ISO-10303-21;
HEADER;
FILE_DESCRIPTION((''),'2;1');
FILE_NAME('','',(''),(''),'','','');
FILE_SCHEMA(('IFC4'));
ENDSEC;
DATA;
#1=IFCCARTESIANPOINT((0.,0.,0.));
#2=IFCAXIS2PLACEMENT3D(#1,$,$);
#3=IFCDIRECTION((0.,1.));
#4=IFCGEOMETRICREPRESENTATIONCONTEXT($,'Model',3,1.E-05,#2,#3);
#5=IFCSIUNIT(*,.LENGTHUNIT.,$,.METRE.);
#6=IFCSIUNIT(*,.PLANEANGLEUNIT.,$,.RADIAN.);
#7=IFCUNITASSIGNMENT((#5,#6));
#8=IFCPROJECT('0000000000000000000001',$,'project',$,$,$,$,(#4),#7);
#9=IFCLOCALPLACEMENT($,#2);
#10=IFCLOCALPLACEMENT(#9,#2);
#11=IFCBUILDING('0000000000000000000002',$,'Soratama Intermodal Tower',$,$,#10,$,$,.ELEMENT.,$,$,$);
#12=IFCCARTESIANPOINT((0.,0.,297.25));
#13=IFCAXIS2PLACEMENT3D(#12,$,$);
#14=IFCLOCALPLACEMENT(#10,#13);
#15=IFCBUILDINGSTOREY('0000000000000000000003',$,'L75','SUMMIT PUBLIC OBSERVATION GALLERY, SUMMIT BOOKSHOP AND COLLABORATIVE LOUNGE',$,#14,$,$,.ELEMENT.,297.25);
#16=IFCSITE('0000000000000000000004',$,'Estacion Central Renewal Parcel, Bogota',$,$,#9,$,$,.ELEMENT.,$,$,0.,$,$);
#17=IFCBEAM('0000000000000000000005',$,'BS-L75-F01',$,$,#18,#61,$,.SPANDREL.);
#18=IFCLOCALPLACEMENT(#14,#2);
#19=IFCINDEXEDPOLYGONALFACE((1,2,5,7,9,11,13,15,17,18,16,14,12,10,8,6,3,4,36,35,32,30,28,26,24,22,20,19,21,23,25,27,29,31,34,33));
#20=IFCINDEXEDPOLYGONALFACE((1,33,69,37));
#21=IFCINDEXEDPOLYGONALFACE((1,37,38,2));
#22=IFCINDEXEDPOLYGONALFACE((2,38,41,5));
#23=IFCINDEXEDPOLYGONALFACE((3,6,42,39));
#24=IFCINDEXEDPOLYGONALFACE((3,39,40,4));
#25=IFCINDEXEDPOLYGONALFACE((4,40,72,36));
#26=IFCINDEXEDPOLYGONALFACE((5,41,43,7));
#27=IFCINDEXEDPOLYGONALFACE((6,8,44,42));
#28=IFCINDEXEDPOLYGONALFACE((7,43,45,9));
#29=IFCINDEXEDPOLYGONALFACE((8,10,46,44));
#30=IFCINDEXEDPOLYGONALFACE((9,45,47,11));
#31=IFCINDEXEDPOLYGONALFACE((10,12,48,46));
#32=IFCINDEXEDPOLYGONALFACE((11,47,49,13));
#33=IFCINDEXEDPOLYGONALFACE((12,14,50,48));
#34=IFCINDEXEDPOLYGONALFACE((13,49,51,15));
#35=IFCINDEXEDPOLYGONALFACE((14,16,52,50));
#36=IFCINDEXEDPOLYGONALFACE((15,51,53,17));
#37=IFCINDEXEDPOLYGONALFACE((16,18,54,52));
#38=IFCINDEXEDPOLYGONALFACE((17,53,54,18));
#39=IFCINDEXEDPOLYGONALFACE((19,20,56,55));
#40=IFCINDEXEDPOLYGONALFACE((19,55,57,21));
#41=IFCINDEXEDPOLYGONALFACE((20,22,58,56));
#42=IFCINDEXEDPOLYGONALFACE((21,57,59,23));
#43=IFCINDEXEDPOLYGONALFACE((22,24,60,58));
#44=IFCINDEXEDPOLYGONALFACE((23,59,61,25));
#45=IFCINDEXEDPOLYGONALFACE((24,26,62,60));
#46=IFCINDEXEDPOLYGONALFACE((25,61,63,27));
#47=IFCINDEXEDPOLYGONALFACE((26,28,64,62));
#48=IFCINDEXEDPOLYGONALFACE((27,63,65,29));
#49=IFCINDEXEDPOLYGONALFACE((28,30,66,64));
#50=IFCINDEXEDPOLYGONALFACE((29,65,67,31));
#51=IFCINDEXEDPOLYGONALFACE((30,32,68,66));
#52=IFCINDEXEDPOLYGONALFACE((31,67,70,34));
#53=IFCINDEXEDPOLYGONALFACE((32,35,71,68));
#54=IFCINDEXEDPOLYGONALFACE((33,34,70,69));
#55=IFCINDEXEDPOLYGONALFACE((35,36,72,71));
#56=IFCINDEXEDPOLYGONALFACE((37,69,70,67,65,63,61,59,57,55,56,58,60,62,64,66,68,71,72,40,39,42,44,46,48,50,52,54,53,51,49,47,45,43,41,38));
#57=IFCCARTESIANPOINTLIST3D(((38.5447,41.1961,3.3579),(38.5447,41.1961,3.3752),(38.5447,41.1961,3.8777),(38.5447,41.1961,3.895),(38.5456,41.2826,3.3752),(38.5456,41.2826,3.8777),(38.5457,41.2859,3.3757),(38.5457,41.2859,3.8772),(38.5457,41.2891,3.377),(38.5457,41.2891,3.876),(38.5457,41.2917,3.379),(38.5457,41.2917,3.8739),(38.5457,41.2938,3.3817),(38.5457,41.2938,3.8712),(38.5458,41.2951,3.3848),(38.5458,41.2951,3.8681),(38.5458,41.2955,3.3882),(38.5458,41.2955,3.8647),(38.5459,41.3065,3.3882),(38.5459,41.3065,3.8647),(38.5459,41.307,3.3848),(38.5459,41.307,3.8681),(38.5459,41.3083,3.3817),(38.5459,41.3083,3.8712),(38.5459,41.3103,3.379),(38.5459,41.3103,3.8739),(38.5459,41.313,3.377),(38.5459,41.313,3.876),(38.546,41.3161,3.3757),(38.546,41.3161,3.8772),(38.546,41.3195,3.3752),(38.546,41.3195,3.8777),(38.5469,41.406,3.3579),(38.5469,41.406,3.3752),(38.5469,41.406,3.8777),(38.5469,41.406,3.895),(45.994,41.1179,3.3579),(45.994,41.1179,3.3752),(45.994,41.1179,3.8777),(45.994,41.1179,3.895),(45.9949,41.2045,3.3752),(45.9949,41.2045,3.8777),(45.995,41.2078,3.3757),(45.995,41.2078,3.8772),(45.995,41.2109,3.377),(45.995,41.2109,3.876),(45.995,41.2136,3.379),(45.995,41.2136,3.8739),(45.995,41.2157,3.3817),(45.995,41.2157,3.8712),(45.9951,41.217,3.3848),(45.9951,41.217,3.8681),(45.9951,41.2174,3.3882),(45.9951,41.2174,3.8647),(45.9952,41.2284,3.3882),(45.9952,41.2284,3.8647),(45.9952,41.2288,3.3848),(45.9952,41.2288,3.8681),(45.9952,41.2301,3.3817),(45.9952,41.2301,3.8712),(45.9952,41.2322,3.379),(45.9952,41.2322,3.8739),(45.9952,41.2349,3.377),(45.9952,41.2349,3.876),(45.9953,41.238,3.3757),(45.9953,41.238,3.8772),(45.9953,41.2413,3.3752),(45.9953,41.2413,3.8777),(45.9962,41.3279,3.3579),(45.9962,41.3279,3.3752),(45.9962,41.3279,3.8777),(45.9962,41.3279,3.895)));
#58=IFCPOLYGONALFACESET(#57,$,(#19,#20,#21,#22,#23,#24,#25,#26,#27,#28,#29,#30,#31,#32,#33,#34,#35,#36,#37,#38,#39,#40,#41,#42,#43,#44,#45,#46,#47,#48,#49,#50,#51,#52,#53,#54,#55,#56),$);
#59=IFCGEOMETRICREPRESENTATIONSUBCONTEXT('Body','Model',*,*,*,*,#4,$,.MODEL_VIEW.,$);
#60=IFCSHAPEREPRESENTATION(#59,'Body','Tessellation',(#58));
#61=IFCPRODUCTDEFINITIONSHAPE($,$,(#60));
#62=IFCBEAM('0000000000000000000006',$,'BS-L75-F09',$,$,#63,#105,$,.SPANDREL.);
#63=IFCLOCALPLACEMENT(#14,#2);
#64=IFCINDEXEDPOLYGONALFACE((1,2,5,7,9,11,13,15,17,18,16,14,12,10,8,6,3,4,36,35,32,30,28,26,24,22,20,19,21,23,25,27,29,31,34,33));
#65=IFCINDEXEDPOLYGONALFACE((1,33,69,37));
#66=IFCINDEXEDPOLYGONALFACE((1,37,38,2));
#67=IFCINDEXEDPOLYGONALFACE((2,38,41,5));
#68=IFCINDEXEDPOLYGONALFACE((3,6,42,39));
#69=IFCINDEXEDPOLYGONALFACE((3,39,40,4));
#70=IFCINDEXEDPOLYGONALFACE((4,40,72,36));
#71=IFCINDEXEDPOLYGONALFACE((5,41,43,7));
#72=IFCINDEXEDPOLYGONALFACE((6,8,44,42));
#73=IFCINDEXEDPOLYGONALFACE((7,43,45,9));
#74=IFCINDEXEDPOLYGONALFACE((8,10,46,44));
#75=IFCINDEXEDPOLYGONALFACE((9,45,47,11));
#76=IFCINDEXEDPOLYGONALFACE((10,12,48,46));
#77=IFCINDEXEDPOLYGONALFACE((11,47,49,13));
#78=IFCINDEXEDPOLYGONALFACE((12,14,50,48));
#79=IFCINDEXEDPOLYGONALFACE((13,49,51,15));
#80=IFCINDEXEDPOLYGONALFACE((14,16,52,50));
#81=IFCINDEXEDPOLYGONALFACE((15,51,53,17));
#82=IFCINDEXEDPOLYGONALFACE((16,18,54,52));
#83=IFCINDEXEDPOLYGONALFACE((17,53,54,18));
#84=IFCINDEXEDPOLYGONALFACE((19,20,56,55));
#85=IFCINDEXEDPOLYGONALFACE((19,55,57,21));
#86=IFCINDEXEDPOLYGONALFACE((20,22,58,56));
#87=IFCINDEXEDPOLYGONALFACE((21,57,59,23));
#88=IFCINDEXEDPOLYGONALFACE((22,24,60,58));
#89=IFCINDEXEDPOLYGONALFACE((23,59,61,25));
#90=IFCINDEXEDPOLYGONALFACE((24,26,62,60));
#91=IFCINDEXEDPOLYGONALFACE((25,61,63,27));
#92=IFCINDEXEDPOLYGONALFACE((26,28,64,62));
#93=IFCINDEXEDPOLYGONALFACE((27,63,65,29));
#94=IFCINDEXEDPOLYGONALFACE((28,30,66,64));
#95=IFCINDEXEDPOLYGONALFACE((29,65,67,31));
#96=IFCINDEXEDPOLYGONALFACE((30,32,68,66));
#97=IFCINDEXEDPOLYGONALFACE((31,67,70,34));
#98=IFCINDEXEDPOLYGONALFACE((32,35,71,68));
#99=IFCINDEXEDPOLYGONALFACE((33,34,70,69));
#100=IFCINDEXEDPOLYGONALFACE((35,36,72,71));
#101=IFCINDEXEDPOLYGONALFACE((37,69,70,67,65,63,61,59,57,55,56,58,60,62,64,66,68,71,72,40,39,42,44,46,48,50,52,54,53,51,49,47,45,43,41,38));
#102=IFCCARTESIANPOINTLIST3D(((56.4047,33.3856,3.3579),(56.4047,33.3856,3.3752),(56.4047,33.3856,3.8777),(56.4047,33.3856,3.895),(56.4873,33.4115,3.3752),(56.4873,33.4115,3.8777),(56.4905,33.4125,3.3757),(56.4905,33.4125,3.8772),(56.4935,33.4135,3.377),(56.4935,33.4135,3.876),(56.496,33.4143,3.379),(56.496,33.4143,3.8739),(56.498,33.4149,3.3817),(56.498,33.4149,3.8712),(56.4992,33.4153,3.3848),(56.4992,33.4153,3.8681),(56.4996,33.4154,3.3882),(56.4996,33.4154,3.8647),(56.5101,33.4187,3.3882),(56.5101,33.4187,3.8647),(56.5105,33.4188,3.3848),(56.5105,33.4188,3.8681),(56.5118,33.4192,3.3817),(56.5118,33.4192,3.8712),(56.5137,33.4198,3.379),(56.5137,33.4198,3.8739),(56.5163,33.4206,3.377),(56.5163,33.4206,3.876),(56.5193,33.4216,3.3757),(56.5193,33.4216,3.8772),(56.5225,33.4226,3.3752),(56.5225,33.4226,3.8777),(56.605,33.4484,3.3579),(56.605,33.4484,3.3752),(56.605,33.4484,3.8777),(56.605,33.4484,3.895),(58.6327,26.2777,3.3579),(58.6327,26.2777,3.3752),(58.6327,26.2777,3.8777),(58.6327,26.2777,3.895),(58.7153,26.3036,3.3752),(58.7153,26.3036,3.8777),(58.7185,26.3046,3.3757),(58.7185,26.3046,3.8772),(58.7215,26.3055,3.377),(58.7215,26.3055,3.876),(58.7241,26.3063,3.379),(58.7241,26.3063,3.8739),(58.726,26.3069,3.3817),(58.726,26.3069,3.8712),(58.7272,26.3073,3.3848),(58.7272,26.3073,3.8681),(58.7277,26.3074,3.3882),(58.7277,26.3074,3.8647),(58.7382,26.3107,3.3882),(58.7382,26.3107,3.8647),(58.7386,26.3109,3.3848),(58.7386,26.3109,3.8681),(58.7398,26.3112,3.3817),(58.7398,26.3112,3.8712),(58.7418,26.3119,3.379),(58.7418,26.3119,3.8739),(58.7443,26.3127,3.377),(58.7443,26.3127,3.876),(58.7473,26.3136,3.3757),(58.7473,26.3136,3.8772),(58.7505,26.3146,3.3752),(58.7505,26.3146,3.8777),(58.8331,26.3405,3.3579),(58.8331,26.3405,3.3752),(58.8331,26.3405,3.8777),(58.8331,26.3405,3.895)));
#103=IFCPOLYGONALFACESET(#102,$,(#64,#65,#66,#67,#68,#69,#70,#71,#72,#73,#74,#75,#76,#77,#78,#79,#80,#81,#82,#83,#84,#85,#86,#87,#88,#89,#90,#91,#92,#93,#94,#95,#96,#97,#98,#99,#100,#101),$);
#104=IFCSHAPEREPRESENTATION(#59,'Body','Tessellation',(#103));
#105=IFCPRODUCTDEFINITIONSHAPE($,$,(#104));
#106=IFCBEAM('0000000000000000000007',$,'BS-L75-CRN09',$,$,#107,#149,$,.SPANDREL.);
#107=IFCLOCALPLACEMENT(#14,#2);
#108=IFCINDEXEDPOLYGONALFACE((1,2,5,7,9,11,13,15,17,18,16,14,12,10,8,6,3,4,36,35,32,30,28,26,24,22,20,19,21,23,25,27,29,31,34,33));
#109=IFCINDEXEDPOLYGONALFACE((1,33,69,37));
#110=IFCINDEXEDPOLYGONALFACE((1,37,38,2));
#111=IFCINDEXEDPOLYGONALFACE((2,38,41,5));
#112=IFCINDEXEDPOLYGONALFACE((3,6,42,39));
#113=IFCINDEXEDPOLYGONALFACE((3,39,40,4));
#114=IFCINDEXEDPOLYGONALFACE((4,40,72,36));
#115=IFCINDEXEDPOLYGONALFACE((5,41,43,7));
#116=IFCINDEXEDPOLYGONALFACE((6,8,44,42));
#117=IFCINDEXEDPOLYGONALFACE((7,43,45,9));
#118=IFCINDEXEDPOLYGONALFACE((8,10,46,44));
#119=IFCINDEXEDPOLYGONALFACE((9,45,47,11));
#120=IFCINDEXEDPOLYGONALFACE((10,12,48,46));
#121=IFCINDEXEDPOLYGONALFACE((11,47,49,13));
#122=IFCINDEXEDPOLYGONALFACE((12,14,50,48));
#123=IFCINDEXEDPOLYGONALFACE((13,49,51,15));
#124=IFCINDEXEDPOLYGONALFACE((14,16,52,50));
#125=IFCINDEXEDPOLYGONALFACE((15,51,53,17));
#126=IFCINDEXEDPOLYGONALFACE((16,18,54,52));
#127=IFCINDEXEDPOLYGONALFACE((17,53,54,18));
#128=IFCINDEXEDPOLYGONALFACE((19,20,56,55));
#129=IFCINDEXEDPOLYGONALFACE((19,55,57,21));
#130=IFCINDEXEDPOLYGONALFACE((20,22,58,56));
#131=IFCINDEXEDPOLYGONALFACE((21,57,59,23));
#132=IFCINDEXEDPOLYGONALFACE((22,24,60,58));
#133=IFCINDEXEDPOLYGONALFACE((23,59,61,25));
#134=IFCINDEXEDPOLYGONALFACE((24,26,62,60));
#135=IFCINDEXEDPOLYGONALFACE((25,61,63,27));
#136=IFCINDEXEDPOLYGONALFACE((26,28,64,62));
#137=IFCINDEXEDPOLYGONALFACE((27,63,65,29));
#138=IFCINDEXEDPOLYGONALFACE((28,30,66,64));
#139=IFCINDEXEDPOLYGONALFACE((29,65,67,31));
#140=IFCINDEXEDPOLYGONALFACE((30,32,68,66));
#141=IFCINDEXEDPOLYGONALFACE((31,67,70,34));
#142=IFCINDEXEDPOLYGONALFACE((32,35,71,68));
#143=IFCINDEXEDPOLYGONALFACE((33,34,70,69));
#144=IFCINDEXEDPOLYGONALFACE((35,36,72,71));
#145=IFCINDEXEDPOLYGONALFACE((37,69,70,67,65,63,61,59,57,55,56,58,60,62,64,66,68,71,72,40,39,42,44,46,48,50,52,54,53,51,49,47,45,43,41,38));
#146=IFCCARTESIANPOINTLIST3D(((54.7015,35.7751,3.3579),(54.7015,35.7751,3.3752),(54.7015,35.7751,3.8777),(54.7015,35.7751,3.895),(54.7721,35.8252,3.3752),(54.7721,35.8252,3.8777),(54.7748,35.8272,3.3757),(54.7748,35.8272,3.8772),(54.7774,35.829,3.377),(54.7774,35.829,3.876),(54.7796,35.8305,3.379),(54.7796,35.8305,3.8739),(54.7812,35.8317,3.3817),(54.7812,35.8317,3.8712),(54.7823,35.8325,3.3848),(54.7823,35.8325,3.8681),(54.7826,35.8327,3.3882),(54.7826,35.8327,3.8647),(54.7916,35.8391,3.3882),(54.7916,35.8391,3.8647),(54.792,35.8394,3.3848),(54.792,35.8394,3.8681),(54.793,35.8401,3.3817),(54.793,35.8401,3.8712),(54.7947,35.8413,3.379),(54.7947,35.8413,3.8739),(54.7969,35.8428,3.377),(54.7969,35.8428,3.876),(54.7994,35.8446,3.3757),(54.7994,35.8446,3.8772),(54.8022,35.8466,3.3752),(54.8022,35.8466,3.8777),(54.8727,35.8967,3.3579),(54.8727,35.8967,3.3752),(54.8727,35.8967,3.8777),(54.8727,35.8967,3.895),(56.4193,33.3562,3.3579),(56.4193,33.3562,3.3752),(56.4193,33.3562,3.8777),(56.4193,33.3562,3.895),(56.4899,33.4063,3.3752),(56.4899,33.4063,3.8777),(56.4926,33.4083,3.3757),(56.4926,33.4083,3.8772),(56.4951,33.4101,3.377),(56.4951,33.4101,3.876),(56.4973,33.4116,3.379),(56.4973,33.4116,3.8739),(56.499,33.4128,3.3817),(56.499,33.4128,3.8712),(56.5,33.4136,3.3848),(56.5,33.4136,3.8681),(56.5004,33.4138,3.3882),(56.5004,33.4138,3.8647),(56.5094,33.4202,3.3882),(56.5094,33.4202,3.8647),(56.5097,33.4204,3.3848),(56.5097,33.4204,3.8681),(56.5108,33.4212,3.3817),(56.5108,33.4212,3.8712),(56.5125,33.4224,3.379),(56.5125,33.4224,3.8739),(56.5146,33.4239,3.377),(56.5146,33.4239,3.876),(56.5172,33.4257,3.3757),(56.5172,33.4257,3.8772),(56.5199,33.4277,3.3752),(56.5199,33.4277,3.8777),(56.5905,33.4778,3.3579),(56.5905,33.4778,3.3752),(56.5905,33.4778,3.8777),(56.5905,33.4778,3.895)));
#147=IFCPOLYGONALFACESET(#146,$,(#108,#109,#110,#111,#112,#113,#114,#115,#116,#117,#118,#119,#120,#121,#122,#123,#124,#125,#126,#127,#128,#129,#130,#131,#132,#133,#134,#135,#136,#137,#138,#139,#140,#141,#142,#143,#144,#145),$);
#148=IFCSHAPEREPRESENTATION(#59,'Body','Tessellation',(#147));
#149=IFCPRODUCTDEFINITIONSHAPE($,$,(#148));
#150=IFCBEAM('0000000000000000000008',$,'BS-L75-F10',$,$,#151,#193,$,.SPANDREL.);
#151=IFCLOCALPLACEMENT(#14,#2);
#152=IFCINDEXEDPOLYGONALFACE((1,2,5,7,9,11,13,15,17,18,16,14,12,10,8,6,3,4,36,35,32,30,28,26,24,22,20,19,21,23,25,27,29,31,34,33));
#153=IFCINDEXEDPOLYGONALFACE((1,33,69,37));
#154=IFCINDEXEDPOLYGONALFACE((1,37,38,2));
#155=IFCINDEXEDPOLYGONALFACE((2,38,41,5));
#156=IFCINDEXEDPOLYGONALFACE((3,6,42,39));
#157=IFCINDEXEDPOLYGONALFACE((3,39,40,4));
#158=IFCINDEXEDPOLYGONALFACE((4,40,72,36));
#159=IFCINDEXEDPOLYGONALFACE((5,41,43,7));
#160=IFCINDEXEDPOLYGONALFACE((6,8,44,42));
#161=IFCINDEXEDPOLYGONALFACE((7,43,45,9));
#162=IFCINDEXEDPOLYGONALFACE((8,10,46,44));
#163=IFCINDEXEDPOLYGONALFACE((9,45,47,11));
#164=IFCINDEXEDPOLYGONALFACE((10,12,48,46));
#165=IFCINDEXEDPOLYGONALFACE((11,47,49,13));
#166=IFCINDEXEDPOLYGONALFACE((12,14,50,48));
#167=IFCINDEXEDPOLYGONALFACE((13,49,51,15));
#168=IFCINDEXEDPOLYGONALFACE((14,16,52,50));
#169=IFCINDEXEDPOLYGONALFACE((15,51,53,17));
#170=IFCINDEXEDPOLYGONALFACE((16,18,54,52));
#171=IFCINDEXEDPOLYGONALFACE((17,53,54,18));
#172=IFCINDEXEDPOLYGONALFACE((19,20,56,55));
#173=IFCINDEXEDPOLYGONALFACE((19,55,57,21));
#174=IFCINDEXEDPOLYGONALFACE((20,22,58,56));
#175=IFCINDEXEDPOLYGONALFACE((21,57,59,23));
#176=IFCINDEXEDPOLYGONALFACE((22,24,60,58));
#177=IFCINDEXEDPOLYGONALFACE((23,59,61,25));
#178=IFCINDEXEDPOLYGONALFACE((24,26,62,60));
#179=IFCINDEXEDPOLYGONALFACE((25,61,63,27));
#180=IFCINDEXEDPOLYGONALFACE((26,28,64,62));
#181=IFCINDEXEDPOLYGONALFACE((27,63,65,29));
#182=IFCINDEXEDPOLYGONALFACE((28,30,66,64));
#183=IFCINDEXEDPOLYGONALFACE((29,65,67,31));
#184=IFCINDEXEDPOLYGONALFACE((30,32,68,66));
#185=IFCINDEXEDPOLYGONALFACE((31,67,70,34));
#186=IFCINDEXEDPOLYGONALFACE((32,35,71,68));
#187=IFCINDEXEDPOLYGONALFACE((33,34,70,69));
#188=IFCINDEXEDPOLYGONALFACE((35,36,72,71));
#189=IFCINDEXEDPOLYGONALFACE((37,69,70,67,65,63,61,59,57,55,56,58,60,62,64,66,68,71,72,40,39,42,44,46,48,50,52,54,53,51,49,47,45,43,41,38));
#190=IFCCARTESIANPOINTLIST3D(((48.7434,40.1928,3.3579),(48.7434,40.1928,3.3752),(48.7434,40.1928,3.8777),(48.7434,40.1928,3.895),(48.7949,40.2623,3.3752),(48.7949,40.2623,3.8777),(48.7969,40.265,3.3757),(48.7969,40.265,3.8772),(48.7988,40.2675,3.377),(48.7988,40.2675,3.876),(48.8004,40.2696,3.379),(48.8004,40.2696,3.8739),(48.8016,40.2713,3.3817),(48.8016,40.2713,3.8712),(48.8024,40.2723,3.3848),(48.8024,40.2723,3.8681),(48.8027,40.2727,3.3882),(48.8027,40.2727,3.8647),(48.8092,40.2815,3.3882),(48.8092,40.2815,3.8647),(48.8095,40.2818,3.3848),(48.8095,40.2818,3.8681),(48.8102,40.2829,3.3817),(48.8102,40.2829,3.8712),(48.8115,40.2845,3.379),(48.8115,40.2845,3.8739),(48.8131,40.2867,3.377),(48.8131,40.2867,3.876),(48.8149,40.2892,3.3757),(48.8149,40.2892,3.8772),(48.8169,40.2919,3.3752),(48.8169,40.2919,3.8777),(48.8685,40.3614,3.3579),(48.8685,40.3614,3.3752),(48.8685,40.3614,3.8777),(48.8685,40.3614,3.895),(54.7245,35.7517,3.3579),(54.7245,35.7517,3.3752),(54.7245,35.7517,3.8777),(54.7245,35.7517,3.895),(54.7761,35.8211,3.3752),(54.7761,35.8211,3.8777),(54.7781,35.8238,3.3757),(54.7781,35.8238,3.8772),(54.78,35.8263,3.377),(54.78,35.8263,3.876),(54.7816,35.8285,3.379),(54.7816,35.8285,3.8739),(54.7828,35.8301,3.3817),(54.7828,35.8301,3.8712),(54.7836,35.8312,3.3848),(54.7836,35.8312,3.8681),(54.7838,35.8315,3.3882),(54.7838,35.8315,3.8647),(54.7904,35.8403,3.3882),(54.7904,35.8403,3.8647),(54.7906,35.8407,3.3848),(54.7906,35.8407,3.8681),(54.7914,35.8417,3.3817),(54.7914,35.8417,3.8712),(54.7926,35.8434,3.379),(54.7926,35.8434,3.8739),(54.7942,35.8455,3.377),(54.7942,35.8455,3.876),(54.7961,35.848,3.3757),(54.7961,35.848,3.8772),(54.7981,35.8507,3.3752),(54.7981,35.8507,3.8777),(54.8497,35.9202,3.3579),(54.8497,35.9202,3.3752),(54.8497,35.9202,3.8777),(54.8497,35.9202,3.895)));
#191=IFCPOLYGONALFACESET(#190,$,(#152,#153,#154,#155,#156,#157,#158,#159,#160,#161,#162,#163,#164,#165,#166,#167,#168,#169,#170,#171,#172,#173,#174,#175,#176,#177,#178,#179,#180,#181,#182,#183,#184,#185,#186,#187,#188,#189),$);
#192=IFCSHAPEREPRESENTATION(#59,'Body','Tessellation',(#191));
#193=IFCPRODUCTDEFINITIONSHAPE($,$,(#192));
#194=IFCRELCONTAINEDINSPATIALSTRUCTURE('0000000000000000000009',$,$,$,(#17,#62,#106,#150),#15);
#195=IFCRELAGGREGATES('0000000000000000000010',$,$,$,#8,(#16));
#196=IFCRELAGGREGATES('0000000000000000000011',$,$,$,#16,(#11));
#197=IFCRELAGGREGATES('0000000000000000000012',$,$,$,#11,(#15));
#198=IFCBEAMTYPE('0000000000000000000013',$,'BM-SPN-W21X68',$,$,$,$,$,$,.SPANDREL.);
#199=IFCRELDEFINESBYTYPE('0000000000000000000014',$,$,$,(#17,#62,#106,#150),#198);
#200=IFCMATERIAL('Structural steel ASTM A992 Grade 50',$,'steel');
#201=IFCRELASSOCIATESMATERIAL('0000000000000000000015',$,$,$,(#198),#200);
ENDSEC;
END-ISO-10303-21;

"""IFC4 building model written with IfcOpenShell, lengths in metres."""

from ifc_helpers import new_model, si_unit, direction, frame, origin, origin_2d, place, context, subcontext, project, spatial, i_section, extrude, material, material_profile, profile_set, type_object, element, save


model = new_model("IFC4")

# Units and contexts
model_context = context("Model", 3, precision=1e-05, world=origin(), true_north=direction((0.0, 1.0)))
body_context = subcontext(model_context, "Body", "Model", "MODEL_VIEW")
ifc_project = project(units=[si_unit("LENGTHUNIT", "METRE"), si_unit("PLANEANGLEUNIT", "RADIAN")], contexts=[model_context])

# Site, building, storey
site_placement = place(None, origin())
site = spatial("IfcSite", under=ifc_project, at=site_placement, Name="Estacion Central Renewal Parcel, Bogota", CompositionType="ELEMENT", RefElevation=0.0)
building_placement = place(site_placement, origin())
building = spatial("IfcBuilding", under=site, at=building_placement, Name="Soratama Intermodal Tower", CompositionType="ELEMENT")
storey_placement = place(building_placement, frame((0.0, 0.0, 297.25)))
storey = spatial("IfcBuildingStorey", under=building, at=storey_placement, Name="L75", Description="SUMMIT PUBLIC OBSERVATION GALLERY, SUMMIT BOOKSHOP AND COLLABORATIVE LOUNGE", CompositionType="ELEMENT", Elevation=297.25)

# Beams
ifc_material_1 = material(Name="Structural steel ASTM A992 Grade 50", Category="steel")
ifc_material_profile_1 = material_profile(ifc_material_1, i_section(OverallWidth=0.21, OverallDepth=0.5371, WebThickness=0.011, FlangeThickness=0.0173, FilletRadius=0.0129, at=origin_2d()), Name="W21X68")
ifc_profile_set_1 = profile_set([ifc_material_profile_1], Name="Structural steel ASTM A992 Grade 50")
beam_type_1 = type_object("IfcBeamType", Name="BM-SPN-W21X68", PredefinedType="SPANDREL", material=ifc_profile_set_1)
beam_1_placement = place(storey_placement, frame((45.9951, 41.2229, 3.6265), z_axis=(-0.999945, 0.010487, 0.0), x_axis=(-0.010487, -0.999945, 0.0)))
element("IfcBeam", 1, at=beam_1_placement, inside=storey, type_object=beam_type_1, Name="BS-L75-F01", PredefinedType="SPANDREL", context=body_context, shape_type="SweptSolid", body=[
    extrude(i_section(OverallWidth=0.21, OverallDepth=0.5371, WebThickness=0.011, FlangeThickness=0.0173, FilletRadius=0.0129, at=origin_2d()), origin(), (0.0, 0.0, 1.0), 7.4497),
])
beam_2_placement = place(storey_placement, frame((58.7329, 26.3091, 3.6265), z_axis=(-0.299107, 0.95422, 0.0), x_axis=(-0.95422, -0.299107, 0.0)))
element("IfcBeam", 2, at=beam_2_placement, inside=storey, type_object=beam_type_1, Name="BS-L75-F09", PredefinedType="SPANDREL", context=body_context, shape_type="SweptSolid", body=[
    extrude(i_section(OverallWidth=0.21, OverallDepth=0.5371, WebThickness=0.011, FlangeThickness=0.0173, FilletRadius=0.0129, at=origin_2d()), origin(), (0.0, 0.0, 1.0), 7.449),
])
beam_3_placement = place(storey_placement, frame((56.5049, 33.417, 3.6265), z_axis=(-0.578994, 0.815332, 0.0), x_axis=(-0.815332, -0.578994, 0.0)))
element("IfcBeam", 3, at=beam_3_placement, inside=storey, type_object=beam_type_1, Name="BS-L75-CRN09", PredefinedType="SPANDREL", context=body_context, shape_type="SweptSolid", body=[
    extrude(i_section(OverallWidth=0.21, OverallDepth=0.5371, WebThickness=0.011, FlangeThickness=0.0173, FilletRadius=0.0129, at=origin_2d()), origin(), (0.0, 0.0, 1.0), 2.9668),
])
beam_4_placement = place(storey_placement, frame((54.7871, 35.8359, 3.6265), z_axis=(-0.802873, 0.59615, 0.0), x_axis=(-0.59615, -0.802873, 0.0)))
element("IfcBeam", 4, at=beam_4_placement, inside=storey, type_object=beam_type_1, Name="BS-L75-F10", PredefinedType="SPANDREL", context=body_context, shape_type="SweptSolid", body=[
    extrude(i_section(OverallWidth=0.21, OverallDepth=0.5371, WebThickness=0.011, FlangeThickness=0.0173, FilletRadius=0.0129, at=origin_2d()), origin(), (0.0, 0.0, 1.0), 7.4497),
])

save(model, "model.ifc")
